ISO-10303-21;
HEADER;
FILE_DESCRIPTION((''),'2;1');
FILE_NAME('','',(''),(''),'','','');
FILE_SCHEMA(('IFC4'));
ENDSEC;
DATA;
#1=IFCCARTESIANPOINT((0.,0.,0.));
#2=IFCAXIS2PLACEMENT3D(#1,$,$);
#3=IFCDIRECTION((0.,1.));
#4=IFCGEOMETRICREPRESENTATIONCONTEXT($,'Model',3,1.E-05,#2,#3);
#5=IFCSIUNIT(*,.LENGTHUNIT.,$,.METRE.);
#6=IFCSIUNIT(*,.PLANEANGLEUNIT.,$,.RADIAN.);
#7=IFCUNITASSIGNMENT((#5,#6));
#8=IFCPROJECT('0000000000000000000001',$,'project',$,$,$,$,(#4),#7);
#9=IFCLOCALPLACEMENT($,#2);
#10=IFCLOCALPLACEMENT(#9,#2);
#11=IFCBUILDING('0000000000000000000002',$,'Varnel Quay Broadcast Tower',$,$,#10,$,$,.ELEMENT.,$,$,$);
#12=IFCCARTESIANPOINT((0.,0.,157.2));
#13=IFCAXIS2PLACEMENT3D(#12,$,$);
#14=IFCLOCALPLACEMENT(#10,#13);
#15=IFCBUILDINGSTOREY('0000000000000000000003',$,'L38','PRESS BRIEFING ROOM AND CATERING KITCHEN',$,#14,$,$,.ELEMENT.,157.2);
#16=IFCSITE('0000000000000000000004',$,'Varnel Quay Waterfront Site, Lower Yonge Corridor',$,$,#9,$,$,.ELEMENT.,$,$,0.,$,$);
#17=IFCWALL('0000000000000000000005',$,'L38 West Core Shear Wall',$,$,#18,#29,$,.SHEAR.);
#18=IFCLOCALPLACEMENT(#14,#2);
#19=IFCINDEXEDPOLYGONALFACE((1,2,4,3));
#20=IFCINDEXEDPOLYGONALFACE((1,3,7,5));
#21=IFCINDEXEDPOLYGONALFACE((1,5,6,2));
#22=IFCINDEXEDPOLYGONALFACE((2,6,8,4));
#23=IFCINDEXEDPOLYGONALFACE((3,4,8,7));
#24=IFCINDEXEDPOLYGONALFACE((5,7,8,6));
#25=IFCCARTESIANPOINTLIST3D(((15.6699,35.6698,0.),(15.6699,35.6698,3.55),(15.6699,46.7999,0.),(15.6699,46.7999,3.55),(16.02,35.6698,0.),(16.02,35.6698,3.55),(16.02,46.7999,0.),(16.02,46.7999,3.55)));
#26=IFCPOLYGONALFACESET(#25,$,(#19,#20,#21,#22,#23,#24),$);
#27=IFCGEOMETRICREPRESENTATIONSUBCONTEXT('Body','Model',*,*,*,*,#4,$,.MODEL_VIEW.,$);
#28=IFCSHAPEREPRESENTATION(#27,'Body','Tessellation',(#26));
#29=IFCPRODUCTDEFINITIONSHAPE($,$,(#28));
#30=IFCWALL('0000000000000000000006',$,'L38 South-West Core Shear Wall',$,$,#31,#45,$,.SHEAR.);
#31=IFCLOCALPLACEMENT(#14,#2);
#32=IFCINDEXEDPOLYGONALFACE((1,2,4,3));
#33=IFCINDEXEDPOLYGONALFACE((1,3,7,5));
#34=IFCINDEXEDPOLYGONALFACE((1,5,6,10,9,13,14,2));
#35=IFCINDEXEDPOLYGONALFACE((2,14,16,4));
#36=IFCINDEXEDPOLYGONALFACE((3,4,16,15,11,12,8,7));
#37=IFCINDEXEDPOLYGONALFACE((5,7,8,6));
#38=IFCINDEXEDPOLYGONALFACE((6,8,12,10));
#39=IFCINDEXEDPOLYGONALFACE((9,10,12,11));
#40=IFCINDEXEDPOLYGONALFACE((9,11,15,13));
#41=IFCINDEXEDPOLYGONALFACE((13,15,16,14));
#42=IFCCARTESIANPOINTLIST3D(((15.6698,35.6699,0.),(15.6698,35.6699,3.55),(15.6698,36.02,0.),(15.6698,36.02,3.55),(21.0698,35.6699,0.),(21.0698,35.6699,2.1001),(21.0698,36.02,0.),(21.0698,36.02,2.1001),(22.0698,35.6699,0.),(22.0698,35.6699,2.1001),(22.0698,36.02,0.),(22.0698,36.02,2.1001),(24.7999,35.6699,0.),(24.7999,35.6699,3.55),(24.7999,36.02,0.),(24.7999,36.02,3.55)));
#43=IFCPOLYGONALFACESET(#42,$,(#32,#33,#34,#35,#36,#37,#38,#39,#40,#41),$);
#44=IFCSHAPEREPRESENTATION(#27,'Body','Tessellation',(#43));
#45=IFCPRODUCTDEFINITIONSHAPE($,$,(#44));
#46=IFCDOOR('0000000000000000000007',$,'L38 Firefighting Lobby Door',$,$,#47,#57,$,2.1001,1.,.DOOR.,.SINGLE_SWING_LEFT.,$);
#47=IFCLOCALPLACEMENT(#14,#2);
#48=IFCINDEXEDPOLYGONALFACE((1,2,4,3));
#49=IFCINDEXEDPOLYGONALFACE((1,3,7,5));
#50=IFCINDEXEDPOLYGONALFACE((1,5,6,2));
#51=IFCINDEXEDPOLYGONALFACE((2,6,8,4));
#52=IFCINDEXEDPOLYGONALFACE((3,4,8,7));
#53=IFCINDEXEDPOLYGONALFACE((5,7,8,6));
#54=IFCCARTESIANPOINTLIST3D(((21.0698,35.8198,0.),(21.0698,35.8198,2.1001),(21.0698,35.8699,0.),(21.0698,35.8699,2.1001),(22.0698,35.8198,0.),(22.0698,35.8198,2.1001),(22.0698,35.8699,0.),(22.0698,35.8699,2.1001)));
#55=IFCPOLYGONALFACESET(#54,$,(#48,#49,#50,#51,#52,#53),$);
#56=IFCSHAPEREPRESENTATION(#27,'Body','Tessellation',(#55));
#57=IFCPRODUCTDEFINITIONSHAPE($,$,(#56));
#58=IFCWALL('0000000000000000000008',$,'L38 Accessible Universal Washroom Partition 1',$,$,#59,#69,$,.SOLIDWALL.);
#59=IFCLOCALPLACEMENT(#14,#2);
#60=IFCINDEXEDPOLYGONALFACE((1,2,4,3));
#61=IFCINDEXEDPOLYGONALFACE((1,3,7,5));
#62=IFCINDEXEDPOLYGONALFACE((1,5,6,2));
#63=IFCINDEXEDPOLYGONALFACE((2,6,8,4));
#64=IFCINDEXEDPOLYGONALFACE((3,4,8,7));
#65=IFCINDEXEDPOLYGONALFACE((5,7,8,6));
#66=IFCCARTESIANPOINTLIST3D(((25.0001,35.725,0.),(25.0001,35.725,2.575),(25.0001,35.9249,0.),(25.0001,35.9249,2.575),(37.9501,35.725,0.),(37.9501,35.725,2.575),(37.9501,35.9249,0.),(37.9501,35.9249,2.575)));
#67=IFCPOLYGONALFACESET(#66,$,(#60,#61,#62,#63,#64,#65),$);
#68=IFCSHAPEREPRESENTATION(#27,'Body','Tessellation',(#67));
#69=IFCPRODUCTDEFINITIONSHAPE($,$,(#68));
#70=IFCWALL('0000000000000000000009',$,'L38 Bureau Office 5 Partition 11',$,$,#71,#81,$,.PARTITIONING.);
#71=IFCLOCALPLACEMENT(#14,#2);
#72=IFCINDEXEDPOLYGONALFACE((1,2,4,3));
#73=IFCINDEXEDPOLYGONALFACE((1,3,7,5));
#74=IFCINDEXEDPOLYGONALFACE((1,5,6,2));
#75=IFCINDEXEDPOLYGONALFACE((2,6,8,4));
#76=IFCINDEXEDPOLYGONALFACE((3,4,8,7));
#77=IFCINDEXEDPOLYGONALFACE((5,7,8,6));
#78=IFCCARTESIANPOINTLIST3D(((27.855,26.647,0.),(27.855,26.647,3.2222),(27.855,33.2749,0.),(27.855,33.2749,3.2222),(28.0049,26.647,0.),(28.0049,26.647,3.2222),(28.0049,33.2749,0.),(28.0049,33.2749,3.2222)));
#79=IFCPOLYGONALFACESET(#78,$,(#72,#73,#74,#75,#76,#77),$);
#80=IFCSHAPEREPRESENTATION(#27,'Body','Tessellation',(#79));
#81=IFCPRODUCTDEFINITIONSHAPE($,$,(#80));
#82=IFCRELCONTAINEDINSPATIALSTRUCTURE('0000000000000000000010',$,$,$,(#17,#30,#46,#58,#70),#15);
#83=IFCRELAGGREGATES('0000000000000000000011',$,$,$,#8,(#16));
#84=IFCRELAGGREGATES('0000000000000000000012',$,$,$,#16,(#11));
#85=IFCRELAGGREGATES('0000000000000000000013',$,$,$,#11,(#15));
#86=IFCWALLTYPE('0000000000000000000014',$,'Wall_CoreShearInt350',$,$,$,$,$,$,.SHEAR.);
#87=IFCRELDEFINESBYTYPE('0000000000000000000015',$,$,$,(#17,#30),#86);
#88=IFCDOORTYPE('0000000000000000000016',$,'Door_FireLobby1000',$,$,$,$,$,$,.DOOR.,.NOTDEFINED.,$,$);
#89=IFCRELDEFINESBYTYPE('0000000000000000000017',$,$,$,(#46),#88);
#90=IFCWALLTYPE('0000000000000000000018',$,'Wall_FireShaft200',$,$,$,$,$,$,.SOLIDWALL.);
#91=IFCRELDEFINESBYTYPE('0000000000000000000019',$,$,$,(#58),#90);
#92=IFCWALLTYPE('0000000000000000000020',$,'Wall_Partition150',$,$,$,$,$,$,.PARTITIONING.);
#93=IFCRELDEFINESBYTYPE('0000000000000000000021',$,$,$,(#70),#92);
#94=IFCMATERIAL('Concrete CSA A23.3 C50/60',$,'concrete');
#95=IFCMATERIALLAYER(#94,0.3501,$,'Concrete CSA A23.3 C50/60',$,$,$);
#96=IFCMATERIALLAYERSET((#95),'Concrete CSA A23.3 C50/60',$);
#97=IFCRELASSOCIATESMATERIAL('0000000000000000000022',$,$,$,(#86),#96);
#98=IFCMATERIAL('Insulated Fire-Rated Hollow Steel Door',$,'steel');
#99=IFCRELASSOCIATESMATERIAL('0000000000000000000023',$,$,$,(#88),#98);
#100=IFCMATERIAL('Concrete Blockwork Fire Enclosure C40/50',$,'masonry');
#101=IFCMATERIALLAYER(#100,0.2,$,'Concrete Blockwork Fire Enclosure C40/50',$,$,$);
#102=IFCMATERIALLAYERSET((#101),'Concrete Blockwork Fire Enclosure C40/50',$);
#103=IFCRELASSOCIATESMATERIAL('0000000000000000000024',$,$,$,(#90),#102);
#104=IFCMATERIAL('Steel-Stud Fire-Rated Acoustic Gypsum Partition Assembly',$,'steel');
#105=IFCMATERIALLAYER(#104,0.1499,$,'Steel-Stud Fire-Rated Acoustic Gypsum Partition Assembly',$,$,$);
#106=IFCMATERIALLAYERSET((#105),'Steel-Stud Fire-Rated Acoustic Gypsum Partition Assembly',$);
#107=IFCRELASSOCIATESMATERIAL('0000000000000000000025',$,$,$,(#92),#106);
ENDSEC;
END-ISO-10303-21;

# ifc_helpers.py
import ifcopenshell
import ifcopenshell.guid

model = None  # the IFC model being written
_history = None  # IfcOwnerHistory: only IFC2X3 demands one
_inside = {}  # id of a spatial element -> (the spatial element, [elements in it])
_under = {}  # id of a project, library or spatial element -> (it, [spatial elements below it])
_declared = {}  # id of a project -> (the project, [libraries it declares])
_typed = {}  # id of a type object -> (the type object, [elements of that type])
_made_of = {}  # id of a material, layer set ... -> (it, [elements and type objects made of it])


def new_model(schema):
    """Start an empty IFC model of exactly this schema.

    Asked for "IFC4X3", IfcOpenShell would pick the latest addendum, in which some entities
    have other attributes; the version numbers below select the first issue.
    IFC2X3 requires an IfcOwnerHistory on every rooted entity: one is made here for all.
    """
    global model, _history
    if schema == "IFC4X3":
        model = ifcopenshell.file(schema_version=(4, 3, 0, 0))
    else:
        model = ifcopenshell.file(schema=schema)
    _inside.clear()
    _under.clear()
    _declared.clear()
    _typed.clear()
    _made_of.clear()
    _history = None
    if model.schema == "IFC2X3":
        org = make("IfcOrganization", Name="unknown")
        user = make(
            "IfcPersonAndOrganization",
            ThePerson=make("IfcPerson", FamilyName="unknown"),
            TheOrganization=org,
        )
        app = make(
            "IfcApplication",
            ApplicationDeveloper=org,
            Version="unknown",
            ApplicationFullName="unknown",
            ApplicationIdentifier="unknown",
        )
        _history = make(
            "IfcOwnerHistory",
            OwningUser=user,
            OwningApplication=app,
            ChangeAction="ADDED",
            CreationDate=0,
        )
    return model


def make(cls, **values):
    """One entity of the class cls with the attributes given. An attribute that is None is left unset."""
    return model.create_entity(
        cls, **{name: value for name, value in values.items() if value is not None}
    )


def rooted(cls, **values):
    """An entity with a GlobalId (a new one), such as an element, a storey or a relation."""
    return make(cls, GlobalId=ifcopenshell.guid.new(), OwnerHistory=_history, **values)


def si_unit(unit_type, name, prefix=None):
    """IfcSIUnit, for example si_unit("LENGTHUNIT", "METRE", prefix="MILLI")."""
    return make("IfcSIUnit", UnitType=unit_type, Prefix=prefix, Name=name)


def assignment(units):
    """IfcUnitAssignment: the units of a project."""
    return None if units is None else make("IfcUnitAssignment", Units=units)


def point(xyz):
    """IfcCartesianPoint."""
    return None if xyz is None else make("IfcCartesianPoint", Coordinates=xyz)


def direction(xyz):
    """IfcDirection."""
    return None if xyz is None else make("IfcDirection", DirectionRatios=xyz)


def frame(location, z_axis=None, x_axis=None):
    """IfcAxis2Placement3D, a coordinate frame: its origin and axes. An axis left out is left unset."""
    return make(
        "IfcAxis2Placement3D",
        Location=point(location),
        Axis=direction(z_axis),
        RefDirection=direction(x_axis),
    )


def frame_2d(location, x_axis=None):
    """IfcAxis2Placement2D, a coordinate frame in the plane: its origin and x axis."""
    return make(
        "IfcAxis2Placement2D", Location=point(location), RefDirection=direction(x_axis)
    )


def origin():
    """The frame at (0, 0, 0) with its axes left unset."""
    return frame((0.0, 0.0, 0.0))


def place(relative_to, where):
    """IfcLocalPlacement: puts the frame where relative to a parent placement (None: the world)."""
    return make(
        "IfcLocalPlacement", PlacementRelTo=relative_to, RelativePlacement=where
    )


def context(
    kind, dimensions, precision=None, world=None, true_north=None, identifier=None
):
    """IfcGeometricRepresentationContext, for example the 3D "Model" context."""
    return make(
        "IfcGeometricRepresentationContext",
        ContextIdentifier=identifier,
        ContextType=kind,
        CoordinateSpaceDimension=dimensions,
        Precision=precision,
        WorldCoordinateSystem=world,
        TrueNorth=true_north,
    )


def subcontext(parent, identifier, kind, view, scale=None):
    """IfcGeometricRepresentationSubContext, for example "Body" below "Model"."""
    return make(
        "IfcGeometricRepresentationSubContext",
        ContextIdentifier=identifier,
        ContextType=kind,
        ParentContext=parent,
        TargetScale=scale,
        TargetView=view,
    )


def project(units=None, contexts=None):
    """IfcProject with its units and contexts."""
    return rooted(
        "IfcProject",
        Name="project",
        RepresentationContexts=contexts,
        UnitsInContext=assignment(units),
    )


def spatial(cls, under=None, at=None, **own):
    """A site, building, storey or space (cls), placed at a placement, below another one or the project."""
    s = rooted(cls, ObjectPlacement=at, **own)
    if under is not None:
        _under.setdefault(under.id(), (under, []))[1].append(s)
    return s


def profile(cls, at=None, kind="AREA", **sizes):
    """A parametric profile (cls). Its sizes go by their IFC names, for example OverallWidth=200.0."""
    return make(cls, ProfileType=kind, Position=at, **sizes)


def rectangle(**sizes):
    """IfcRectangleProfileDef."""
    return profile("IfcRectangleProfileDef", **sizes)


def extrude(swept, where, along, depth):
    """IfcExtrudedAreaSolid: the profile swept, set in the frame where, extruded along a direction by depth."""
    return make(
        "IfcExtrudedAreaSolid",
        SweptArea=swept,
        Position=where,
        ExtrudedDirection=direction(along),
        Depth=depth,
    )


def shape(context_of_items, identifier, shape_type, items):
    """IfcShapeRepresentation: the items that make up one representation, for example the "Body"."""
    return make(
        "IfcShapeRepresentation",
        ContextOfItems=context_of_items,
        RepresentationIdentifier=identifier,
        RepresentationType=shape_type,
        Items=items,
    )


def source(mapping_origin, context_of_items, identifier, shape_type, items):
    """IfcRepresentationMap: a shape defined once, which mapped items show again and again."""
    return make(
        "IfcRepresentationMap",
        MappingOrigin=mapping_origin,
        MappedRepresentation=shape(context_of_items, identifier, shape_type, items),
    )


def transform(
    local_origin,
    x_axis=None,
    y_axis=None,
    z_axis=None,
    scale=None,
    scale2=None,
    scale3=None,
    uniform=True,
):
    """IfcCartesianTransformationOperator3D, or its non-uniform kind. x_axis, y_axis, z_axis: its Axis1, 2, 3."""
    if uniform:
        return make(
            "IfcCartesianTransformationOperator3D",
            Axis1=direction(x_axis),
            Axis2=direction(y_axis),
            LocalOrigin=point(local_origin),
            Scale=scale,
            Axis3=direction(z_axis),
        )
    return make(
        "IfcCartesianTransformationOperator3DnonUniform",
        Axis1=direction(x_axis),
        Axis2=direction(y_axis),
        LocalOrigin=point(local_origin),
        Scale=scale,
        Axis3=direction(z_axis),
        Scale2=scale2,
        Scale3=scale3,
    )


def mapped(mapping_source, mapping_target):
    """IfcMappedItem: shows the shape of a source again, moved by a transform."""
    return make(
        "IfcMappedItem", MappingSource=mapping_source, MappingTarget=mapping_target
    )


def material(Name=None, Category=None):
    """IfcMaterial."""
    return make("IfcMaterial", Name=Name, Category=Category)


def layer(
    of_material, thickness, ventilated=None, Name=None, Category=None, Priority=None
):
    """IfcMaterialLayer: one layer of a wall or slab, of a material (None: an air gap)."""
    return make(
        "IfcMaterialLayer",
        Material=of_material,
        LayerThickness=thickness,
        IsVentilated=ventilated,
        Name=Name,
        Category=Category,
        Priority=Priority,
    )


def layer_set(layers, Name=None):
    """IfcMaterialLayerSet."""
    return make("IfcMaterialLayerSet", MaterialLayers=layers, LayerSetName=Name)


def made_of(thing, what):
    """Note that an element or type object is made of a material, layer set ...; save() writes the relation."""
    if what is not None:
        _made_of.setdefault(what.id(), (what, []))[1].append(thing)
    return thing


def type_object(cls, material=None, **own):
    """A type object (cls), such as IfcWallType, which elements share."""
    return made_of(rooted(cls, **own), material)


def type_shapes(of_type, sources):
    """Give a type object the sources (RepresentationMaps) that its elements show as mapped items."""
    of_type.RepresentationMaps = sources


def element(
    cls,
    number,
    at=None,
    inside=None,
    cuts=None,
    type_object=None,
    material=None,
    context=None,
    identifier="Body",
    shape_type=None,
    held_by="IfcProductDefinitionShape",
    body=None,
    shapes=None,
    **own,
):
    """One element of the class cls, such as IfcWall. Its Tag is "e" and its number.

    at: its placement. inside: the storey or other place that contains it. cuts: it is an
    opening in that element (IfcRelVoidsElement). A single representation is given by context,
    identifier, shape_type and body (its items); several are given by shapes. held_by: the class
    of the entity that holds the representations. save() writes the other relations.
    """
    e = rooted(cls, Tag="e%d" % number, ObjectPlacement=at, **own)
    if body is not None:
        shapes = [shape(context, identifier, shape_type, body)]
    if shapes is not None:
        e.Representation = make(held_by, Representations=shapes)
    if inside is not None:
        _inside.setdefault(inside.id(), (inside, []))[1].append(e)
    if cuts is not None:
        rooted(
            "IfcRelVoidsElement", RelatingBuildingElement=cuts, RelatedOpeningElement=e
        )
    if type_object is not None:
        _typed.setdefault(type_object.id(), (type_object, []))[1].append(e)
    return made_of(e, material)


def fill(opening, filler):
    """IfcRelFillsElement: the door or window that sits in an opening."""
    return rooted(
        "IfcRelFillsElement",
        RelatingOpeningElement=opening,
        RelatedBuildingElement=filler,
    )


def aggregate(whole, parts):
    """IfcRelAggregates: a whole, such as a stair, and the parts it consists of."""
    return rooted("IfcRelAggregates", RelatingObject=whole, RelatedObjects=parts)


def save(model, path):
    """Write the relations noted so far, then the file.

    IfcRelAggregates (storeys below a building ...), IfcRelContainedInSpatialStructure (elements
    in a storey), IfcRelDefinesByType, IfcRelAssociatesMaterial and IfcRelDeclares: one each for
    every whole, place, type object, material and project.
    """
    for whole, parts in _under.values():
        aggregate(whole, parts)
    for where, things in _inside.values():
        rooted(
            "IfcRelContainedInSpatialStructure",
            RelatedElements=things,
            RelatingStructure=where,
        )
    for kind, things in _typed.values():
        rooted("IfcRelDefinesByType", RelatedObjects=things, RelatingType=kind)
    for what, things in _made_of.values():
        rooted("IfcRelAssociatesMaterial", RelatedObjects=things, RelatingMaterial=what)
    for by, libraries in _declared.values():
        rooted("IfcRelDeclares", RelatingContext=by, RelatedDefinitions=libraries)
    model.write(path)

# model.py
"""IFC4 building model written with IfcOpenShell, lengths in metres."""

from ifc_helpers import new_model, si_unit, direction, frame, frame_2d, origin, place, context, subcontext, project, spatial, rectangle, extrude, source, transform, mapped, material, layer, layer_set, type_object, type_shapes, element, fill, save


model = new_model("IFC4")

# Units and contexts
model_context = context("Model", 3, precision=1e-05, world=origin(), true_north=direction((0.0, 1.0)))
body_context = subcontext(model_context, "Body", "Model", "MODEL_VIEW")
ifc_project = project(units=[si_unit("LENGTHUNIT", "METRE"), si_unit("PLANEANGLEUNIT", "RADIAN")], contexts=[model_context])

# Site, building, storey
site_placement = place(None, origin())
site = spatial("IfcSite", under=ifc_project, at=site_placement, Name="Varnel Quay Waterfront Site, Lower Yonge Corridor", CompositionType="ELEMENT", RefElevation=0.0)
building_placement = place(site_placement, origin())
building = spatial("IfcBuilding", under=site, at=building_placement, Name="Varnel Quay Broadcast Tower", CompositionType="ELEMENT")
storey_placement = place(building_placement, frame((0.0, 0.0, 157.2)))
storey = spatial("IfcBuildingStorey", under=building, at=storey_placement, Name="L38", Description="PRESS BRIEFING ROOM AND CATERING KITCHEN", CompositionType="ELEMENT", Elevation=157.2)

# Shared definitions
ifc_material_1 = material(Name="Concrete CSA A23.3 C50/60", Category="concrete")

# Wall
ifc_layer_1 = layer(ifc_material_1, 0.3501, Name="Concrete CSA A23.3 C50/60")
ifc_layer_set_1 = layer_set([ifc_layer_1], Name="Concrete CSA A23.3 C50/60")
wall_type_1 = type_object("IfcWallType", Name="Wall_CoreShearInt350", PredefinedType="SHEAR", material=ifc_layer_set_1)
wall_1_placement = place(storey_placement, frame((15.845, 35.6699, 0.0), z_axis=(0.0, 0.0, 1.0), x_axis=(0.0, 1.0, 0.0)))
element("IfcWall", 1, at=wall_1_placement, inside=storey, type_object=wall_type_1, Name="L38 West Core Shear Wall", PredefinedType="SHEAR", context=body_context, shape_type="SweptSolid", body=[
    extrude(rectangle(XDim=11.1301, YDim=0.3501, at=frame_2d((5.5649, 0.0))), origin(), (0.0, 0.0, 1.0), 3.55),
])

# Wall, opening, door
wall_2_placement = place(storey_placement, frame((15.6699, 35.845, 0.0), z_axis=(0.0, 0.0, 1.0), x_axis=(1.0, 0.0, 0.0)))
wall_2 = element("IfcWall", 2, at=wall_2_placement, inside=storey, type_object=wall_type_1, Name="L38 South-West Core Shear Wall", PredefinedType="SHEAR", context=body_context, shape_type="SweptSolid", body=[
    extrude(rectangle(XDim=9.1301, YDim=0.3501, at=frame_2d((4.5649, 0.0))), origin(), (0.0, 0.0, 1.0), 3.55),
])
opening_placement = place(wall_2_placement, frame((5.3999, 0.0, 0.0)))
opening = element("IfcOpeningElement", 3, at=opening_placement, cuts=wall_2, PredefinedType="OPENING", context=body_context, shape_type="SweptSolid", body=[
    extrude(rectangle(XDim=1.0, YDim=2.1001, at=frame_2d((0.5, 1.05))), frame((0.0, 0.1851, 0.0), z_axis=(0.0, -1.0, 0.0), x_axis=(1.0, 0.0, 0.0)), (0.0, 0.0, 1.0), 0.3701),
])
ifc_material_2 = material(Name="Insulated Fire-Rated Hollow Steel Door", Category="steel")
door_type = type_object("IfcDoorType", Name="Door_FireLobby1000", OperationType="NOTDEFINED", PredefinedType="DOOR", material=ifc_material_2)
shared_shape_1 = source(origin(), body_context, "Body", "SweptSolid", [
    extrude(rectangle(XDim=1.0, YDim=2.1001, at=frame_2d((0.5, 1.05))), frame((0.0, 0.0249, 0.0), z_axis=(0.0, -1.0, 0.0), x_axis=(1.0, 0.0, 0.0)), (0.0, 0.0, 1.0), 0.05),
])
type_shapes(door_type, [shared_shape_1])
door_placement = place(opening_placement, origin())
door = element("IfcDoor", 4, at=door_placement, inside=storey, type_object=door_type, Name="L38 Firefighting Lobby Door", OperationType="SINGLE_SWING_LEFT", OverallHeight=2.1001, OverallWidth=1.0, PredefinedType="DOOR", context=body_context, shape_type="MappedRepresentation", body=[
    mapped(shared_shape_1, transform((0.0, 0.0, 0.0), x_axis=(1.0, 0.0, 0.0), y_axis=(0.0, 1.0, 0.0), z_axis=(0.0, 0.0, 1.0), scale=1.0)),
])
fill(opening, door)

# Walls
ifc_material_3 = material(Name="Concrete Blockwork Fire Enclosure C40/50", Category="masonry")
ifc_layer_2 = layer(ifc_material_3, 0.2, Name="Concrete Blockwork Fire Enclosure C40/50")
ifc_layer_set_2 = layer_set([ifc_layer_2], Name="Concrete Blockwork Fire Enclosure C40/50")
wall_type_2 = type_object("IfcWallType", Name="Wall_FireShaft200", PredefinedType="SOLIDWALL", material=ifc_layer_set_2)
wall_3_placement = place(storey_placement, frame((25.0, 35.825, 0.0), z_axis=(0.0, 0.0, 1.0), x_axis=(1.0, 0.0, 0.0)))
element("IfcWall", 5, at=wall_3_placement, inside=storey, type_object=wall_type_2, Name="L38 Accessible Universal Washroom Partition 1", PredefinedType="SOLIDWALL", context=body_context, shape_type="SweptSolid", body=[
    extrude(rectangle(XDim=12.95, YDim=0.2, at=frame_2d((6.4751, 0.0))), origin(), (0.0, 0.0, 1.0), 2.575),
])
ifc_material_4 = material(Name="Steel-Stud Fire-Rated Acoustic Gypsum Partition Assembly", Category="steel")
ifc_layer_3 = layer(ifc_material_4, 0.1499, Name="Steel-Stud Fire-Rated Acoustic Gypsum Partition Assembly")
ifc_layer_set_3 = layer_set([ifc_layer_3], Name="Steel-Stud Fire-Rated Acoustic Gypsum Partition Assembly")
wall_type_3 = type_object("IfcWallType", Name="Wall_Partition150", PredefinedType="PARTITIONING", material=ifc_layer_set_3)
wall_4_placement = place(storey_placement, frame((27.9299, 26.647, 0.0), z_axis=(0.0, 0.0, 1.0), x_axis=(0.0, 1.0, 0.0)))
element("IfcWall", 6, at=wall_4_placement, inside=storey, type_object=wall_type_3, Name="L38 Bureau Office 5 Partition 11", PredefinedType="PARTITIONING", context=body_context, shape_type="SweptSolid", body=[
    extrude(rectangle(XDim=6.6279, YDim=0.1499, at=frame_2d((3.314, 0.0))), origin(), (0.0, 0.0, 1.0), 3.2222),
])

save(model, "model.ifc")
